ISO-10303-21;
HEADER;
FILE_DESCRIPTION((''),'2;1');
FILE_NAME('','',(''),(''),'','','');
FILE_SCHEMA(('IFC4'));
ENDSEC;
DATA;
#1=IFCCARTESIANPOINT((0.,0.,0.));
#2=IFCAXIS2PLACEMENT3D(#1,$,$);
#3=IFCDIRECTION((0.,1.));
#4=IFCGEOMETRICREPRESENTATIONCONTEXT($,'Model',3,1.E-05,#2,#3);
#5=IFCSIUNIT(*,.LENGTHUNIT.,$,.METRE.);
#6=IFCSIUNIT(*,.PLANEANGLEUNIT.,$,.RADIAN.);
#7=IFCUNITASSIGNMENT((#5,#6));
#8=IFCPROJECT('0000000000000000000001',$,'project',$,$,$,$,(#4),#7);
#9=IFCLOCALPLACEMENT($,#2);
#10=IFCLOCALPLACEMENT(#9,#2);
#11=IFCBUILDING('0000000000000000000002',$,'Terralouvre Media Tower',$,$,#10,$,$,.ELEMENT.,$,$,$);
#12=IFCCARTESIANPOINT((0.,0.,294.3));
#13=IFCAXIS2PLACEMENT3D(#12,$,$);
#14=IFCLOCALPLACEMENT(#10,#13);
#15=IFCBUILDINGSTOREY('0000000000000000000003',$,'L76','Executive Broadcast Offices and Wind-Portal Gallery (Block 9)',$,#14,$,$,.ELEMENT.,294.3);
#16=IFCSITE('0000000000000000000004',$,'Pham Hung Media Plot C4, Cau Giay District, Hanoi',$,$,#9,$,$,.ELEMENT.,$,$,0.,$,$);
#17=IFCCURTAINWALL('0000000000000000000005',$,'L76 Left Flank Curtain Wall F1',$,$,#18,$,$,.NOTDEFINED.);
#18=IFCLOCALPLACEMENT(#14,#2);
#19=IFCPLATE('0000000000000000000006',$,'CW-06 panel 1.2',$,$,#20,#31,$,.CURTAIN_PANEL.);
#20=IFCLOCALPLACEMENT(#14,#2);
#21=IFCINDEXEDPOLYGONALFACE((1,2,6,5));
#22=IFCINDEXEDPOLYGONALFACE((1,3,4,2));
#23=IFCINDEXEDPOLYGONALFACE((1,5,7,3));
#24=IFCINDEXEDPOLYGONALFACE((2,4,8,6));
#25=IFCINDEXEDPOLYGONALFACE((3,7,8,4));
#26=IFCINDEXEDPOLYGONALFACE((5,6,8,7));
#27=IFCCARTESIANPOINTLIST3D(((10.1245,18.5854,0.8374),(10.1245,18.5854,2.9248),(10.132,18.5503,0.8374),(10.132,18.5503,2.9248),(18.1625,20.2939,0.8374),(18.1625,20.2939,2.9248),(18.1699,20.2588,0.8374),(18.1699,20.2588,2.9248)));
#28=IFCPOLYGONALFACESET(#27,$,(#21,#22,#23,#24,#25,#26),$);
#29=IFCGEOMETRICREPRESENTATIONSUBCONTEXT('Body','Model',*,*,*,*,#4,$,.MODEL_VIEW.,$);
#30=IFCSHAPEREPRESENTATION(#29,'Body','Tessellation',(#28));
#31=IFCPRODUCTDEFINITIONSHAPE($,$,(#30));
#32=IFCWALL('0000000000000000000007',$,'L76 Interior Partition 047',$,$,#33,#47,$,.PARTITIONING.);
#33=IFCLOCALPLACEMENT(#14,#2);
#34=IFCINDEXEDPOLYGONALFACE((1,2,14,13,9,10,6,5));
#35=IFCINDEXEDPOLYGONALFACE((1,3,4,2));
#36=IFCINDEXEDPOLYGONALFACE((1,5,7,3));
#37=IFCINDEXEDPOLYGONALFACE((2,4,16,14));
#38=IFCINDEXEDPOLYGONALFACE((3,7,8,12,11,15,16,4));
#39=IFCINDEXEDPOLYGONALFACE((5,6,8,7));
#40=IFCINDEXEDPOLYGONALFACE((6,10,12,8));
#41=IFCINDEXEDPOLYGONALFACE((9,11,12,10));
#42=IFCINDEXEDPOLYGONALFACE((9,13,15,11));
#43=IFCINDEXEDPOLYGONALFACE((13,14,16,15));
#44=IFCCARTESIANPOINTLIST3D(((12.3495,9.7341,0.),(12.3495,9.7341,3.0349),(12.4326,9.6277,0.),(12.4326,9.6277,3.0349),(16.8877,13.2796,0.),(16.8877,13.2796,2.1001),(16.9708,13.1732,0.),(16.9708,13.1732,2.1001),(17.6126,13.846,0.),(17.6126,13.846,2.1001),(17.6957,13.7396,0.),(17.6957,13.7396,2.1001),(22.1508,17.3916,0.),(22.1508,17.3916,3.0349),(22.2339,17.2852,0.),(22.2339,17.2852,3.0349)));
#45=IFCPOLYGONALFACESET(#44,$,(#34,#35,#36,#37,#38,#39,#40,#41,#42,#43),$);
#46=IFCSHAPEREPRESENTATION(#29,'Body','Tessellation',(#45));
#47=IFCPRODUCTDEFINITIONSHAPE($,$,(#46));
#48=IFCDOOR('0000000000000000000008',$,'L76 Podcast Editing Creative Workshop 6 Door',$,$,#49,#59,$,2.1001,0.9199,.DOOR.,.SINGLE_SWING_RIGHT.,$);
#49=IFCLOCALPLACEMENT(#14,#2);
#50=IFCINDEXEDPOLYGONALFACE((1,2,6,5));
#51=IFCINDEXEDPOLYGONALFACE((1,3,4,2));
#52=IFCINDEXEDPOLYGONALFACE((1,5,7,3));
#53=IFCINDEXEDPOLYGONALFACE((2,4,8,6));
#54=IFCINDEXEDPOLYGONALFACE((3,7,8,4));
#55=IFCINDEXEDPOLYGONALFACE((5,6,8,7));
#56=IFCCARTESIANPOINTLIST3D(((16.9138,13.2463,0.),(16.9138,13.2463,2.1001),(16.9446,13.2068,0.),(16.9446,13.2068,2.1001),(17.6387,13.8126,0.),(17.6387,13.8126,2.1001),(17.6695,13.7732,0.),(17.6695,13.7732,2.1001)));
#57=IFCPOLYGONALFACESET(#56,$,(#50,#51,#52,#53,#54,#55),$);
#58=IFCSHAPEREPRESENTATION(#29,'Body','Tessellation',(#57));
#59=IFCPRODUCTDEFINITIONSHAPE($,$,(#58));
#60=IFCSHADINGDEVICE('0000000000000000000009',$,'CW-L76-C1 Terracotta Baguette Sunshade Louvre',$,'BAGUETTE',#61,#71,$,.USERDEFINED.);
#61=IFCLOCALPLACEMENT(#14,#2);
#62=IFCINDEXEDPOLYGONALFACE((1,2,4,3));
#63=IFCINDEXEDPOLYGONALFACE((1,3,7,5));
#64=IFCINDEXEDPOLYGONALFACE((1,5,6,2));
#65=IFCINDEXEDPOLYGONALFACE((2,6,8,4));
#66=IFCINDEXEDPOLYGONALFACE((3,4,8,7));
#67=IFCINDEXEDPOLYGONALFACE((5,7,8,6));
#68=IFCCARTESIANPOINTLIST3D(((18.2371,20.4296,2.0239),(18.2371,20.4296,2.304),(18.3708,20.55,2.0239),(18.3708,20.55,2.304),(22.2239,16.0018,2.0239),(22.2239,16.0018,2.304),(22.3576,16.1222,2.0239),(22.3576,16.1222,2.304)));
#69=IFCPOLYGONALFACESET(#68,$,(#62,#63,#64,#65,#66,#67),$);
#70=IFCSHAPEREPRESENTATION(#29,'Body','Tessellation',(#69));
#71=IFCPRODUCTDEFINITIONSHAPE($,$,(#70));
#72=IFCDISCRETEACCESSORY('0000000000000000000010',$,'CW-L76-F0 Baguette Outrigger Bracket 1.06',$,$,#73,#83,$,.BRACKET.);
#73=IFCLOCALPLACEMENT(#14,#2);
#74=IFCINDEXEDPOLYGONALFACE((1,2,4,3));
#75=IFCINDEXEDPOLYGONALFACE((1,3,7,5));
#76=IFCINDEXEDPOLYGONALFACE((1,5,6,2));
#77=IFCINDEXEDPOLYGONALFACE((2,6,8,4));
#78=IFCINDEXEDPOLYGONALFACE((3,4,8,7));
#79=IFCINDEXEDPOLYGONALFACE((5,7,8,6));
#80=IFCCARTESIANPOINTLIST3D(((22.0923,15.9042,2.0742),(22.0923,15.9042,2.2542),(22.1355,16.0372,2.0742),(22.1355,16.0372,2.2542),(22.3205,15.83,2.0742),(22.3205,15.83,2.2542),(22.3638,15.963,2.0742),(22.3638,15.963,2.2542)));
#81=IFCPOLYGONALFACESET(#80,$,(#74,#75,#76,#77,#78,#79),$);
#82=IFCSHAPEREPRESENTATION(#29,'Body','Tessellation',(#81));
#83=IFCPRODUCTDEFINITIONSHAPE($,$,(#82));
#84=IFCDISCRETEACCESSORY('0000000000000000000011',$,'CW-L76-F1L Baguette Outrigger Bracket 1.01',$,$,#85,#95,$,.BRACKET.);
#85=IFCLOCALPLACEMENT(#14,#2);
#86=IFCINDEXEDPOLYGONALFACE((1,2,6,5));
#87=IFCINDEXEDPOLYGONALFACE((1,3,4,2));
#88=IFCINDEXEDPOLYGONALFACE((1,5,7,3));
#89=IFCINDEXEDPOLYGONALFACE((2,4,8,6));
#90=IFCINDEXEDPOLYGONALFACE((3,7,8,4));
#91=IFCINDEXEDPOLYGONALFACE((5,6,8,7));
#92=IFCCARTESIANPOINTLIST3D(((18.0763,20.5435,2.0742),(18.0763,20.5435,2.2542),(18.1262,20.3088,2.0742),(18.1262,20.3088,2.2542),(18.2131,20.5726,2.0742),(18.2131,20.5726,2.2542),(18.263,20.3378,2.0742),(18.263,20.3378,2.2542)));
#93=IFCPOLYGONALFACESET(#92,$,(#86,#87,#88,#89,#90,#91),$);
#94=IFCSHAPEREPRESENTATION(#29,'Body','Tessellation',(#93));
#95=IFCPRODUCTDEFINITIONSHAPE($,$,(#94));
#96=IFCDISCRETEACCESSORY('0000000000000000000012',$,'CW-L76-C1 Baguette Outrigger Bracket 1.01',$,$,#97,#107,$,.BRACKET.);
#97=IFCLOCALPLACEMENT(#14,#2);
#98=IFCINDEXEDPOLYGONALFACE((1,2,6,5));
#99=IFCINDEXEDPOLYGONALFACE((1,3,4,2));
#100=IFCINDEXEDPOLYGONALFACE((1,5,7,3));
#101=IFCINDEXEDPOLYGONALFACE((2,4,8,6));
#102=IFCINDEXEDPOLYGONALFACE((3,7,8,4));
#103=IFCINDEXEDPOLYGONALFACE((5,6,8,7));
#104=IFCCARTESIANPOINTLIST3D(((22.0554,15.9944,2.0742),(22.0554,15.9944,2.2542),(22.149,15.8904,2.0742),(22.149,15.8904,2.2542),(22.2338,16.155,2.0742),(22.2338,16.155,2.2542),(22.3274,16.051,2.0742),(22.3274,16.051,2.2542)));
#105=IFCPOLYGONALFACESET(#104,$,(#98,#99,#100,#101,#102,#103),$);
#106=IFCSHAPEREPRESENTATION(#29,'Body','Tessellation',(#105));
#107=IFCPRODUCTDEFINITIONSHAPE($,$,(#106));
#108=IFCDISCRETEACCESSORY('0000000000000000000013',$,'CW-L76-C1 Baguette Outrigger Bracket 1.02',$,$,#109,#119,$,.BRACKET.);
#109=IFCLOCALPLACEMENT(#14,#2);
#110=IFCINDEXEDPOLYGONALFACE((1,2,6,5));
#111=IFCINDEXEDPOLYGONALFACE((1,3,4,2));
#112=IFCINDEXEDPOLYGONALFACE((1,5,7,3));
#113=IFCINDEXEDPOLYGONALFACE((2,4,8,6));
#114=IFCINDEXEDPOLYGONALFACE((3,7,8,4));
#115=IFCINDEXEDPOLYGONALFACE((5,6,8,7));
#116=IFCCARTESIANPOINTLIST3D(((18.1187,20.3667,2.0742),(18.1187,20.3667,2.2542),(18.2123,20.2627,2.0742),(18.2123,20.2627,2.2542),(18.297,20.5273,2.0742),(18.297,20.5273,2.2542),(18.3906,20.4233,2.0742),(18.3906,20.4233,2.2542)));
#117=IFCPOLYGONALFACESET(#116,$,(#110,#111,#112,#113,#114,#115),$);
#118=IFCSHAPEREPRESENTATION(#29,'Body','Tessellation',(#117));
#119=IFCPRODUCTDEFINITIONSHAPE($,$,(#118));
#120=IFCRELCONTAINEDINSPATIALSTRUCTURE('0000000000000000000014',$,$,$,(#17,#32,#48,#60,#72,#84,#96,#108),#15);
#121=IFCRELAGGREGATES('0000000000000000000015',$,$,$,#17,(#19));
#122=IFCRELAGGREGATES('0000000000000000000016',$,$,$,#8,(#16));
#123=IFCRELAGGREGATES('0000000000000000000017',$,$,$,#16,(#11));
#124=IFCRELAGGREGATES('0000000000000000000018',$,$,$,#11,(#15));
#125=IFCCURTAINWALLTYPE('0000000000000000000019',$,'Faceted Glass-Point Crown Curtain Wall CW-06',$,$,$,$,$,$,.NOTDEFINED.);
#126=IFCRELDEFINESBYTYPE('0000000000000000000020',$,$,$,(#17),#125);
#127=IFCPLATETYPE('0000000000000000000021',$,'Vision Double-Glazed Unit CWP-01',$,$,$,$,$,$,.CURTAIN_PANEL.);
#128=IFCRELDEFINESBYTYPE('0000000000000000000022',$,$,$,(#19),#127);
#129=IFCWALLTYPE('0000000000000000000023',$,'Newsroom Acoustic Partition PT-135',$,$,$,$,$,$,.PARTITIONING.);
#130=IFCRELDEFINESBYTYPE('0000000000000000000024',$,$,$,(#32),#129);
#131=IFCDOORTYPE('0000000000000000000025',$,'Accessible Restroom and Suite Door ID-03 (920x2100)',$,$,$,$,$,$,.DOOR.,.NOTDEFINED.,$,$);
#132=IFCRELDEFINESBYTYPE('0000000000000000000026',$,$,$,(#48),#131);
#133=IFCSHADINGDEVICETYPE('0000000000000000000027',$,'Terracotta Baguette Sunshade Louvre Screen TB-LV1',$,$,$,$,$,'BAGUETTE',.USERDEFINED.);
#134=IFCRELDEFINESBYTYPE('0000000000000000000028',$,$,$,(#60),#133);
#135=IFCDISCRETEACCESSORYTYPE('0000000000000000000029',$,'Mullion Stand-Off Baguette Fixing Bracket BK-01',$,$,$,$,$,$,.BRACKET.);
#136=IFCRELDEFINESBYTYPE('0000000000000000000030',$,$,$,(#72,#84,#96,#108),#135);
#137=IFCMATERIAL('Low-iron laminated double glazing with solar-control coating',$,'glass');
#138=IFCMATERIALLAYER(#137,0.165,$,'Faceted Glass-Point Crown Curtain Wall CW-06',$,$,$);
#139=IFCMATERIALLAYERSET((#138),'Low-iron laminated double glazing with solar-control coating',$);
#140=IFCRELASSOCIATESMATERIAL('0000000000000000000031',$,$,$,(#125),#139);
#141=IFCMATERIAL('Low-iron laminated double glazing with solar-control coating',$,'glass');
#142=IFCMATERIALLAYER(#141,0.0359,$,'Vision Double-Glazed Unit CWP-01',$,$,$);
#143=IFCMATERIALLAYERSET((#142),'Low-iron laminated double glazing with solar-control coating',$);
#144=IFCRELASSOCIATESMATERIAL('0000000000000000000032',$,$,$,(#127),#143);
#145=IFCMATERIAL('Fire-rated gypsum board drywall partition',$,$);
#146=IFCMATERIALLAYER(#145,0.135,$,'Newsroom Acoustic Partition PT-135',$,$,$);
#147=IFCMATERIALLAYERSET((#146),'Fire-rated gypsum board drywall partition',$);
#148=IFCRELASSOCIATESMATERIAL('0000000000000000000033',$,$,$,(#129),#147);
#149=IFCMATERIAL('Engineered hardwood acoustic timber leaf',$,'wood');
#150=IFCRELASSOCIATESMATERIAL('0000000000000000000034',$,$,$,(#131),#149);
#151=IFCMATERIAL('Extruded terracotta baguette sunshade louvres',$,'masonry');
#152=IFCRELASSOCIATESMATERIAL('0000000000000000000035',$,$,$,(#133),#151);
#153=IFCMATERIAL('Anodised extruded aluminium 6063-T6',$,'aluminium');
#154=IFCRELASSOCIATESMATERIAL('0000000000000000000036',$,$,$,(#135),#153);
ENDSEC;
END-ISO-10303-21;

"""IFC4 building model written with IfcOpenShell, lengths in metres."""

from ifc_helpers import new_model, si_unit, direction, frame, frame_2d, origin, origin_2d, place, context, subcontext, project, spatial, rectangle, extrude, material, layer, layer_set, type_object, element, fill, aggregate, save


model = new_model("IFC4")

# Units and contexts
model_context = context("Model", 3, precision=1e-05, world=origin(), true_north=direction((0.0, 1.0)))
body_context = subcontext(model_context, "Body", "Model", "MODEL_VIEW")
ifc_project = project(units=[si_unit("LENGTHUNIT", "METRE"), si_unit("PLANEANGLEUNIT", "RADIAN")], contexts=[model_context])

# Site, building, storey
site_placement = place(None, origin())
site = spatial("IfcSite", under=ifc_project, at=site_placement, Name="Pham Hung Media Plot C4, Cau Giay District, Hanoi", CompositionType="ELEMENT", RefElevation=0.0)
building_placement = place(site_placement, origin())
building = spatial("IfcBuilding", under=site, at=building_placement, Name="Terralouvre Media Tower", CompositionType="ELEMENT")
storey_placement = place(building_placement, frame((0.0, 0.0, 294.3)))
storey = spatial("IfcBuildingStorey", under=building, at=storey_placement, Name="L76", Description="Executive Broadcast Offices and Wind-Portal Gallery (Block 9)", CompositionType="ELEMENT", Elevation=294.3)

# Curtain wall
ifc_material_1 = material(Name="Low-iron laminated double glazing with solar-control coating", Category="glass")
ifc_layer_1 = layer(ifc_material_1, 0.165, Name="Faceted Glass-Point Crown Curtain Wall CW-06")
ifc_layer_set_1 = layer_set([ifc_layer_1], Name="Low-iron laminated double glazing with solar-control coating")
curtain_wall_type_1 = type_object("IfcCurtainWallType", Name="Faceted Glass-Point Crown Curtain Wall CW-06", PredefinedType="NOTDEFINED", material=ifc_layer_set_1)
curtain_wall_1_placement = place(storey_placement, origin())
curtain_wall_1 = element("IfcCurtainWall", 1, at=curtain_wall_1_placement, inside=storey, type_object=curtain_wall_type_1, Name="L76 Left Flank Curtain Wall F1", PredefinedType="NOTDEFINED")

# Plate
ifc_material_2 = material(Name="Low-iron laminated double glazing with solar-control coating", Category="glass")
ifc_layer_2 = layer(ifc_material_2, 0.0359, Name="Vision Double-Glazed Unit CWP-01")
ifc_layer_set_2 = layer_set([ifc_layer_2], Name="Low-iron laminated double glazing with solar-control coating")
plate_type_1 = type_object("IfcPlateType", Name="Vision Double-Glazed Unit CWP-01", PredefinedType="CURTAIN_PANEL", material=ifc_layer_set_2)
plate_1_placement = place(storey_placement, frame((14.1472, 19.4221, 0.8374), z_axis=(0.0, 0.0, 1.0), x_axis=(-0.978148, -0.207912, 0.0)))
plate_1 = element("IfcPlate", 2, at=plate_1_placement, type_object=plate_type_1, Name="CW-06 panel 1.2", PredefinedType="CURTAIN_PANEL", context=body_context, shape_type="SweptSolid", body=[
    extrude(rectangle(XDim=8.2175, YDim=0.0359, at=origin_2d()), origin(), (0.0, 0.0, 1.0), 2.0874),
])
aggregate(curtain_wall_1, [plate_1])

# Wall, opening, door
ifc_material_3 = material(Name="Fire-rated gypsum board drywall partition")
ifc_layer_3 = layer(ifc_material_3, 0.135, Name="Newsroom Acoustic Partition PT-135")
ifc_layer_set_3 = layer_set([ifc_layer_3], Name="Fire-rated gypsum board drywall partition")
wall_type = type_object("IfcWallType", Name="Newsroom Acoustic Partition PT-135", PredefinedType="PARTITIONING", material=ifc_layer_set_3)
wall_placement = place(storey_placement, frame((22.1924, 17.3384, 0.0), z_axis=(0.0, 0.0, 1.0), x_axis=(-0.788015, -0.615655, 0.0)))
wall = element("IfcWall", 3, at=wall_placement, inside=storey, type_object=wall_type, Name="L76 Interior Partition 047", PredefinedType="PARTITIONING", context=body_context, shape_type="SweptSolid", body=[
    extrude(rectangle(XDim=12.438, YDim=0.135, at=frame_2d((6.219, 0.0))), origin(), (0.0, 0.0, 1.0), 3.0349),
])
opening_placement = place(wall_placement, frame((5.759, 0.0, 0.0)))
opening = element("IfcOpeningElement", 4, at=opening_placement, cuts=wall, PredefinedType="OPENING", context=body_context, shape_type="SweptSolid", body=[
    extrude(rectangle(XDim=0.9199, YDim=2.1001, at=frame_2d((0.46, 1.05))), frame((0.0, 0.0774, 0.0), z_axis=(0.0, -1.0, 0.0), x_axis=(1.0, 0.0, 0.0)), (0.0, 0.0, 1.0), 0.155),
])
ifc_material_4 = material(Name="Engineered hardwood acoustic timber leaf", Category="wood")
door_type = type_object("IfcDoorType", Name="Accessible Restroom and Suite Door ID-03 (920x2100)", OperationType="NOTDEFINED", PredefinedType="DOOR", material=ifc_material_4)
door_placement = place(opening_placement, origin())
door = element("IfcDoor", 5, at=door_placement, inside=storey, type_object=door_type, Name="L76 Podcast Editing Creative Workshop 6 Door", OperationType="SINGLE_SWING_RIGHT", OverallHeight=2.1001, OverallWidth=0.9199, PredefinedType="DOOR", context=body_context, shape_type="SweptSolid", body=[
    extrude(rectangle(XDim=0.9199, YDim=2.1001, at=frame_2d((0.46, 1.05))), frame((0.0, 0.0249, 0.0), z_axis=(0.0, -1.0, 0.0), x_axis=(1.0, 0.0, 0.0)), (0.0, 0.0, 1.0), 0.05),
])
fill(opening, door)

# Shading device
ifc_material_5 = material(Name="Extruded terracotta baguette sunshade louvres", Category="masonry")
shading_device_type = type_object("IfcShadingDeviceType", Name="Terracotta Baguette Sunshade Louvre Screen TB-LV1", ElementType="BAGUETTE", PredefinedType="USERDEFINED", material=ifc_material_5)
shading_device_placement = place(storey_placement, frame((20.2974, 18.2759, 2.0239), z_axis=(0.0, 0.0, 1.0), x_axis=(-0.66913, 0.743145, 0.0)))
element("IfcShadingDevice", 6, at=shading_device_placement, inside=storey, type_object=shading_device_type, Name="CW-L76-C1 Terracotta Baguette Sunshade Louvre", ObjectType="BAGUETTE", PredefinedType="USERDEFINED", context=body_context, shape_type="SweptSolid", body=[
    extrude(rectangle(XDim=5.9583, YDim=0.1799, at=origin_2d()), origin(), (0.0, 0.0, 1.0), 0.28),
])

# Discrete accessories
ifc_material_6 = material(Name="Anodised extruded aluminium 6063-T6", Category="aluminium")
discrete_accessory_type = type_object("IfcDiscreteAccessoryType", Name="Mullion Stand-Off Baguette Fixing Bracket BK-01", PredefinedType="BRACKET", material=ifc_material_6)
for number, where, z_axis, x_axis, name in (
    (7, (22.228, 15.9336, 2.0742), (0.0, 0.0, 1.0), (0.309017, 0.951057, 0.0), "CW-L76-F0 Baguette Outrigger Bracket 1.06"),
    (8, (18.1697, 20.4407, 2.0742), (0.0, 0.0, 1.0), (-0.978148, -0.207912, 0.0), "CW-L76-F1L Baguette Outrigger Bracket 1.01"),
    (9, (22.1914, 16.0227, 2.0742), (0.0, 0.0, 1.0), (-0.66913, 0.743145, 0.0), "CW-L76-C1 Baguette Outrigger Bracket 1.01"),
    (10, (18.2546, 20.395, 2.0742), (0.0, 0.0, 1.0), (-0.66913, 0.743145, 0.0), "CW-L76-C1 Baguette Outrigger Bracket 1.02"),
):
    element("IfcDiscreteAccessory", number, at=place(storey_placement, frame(where, z_axis=z_axis, x_axis=x_axis)), inside=storey, type_object=discrete_accessory_type, Name=name, PredefinedType="BRACKET", context=body_context, shape_type="SweptSolid", body=[
        extrude(rectangle(XDim=0.1399, YDim=0.24, at=origin_2d()), origin(), (0.0, 0.0, 1.0), 0.1799),
    ])

save(model, "model.ifc")
